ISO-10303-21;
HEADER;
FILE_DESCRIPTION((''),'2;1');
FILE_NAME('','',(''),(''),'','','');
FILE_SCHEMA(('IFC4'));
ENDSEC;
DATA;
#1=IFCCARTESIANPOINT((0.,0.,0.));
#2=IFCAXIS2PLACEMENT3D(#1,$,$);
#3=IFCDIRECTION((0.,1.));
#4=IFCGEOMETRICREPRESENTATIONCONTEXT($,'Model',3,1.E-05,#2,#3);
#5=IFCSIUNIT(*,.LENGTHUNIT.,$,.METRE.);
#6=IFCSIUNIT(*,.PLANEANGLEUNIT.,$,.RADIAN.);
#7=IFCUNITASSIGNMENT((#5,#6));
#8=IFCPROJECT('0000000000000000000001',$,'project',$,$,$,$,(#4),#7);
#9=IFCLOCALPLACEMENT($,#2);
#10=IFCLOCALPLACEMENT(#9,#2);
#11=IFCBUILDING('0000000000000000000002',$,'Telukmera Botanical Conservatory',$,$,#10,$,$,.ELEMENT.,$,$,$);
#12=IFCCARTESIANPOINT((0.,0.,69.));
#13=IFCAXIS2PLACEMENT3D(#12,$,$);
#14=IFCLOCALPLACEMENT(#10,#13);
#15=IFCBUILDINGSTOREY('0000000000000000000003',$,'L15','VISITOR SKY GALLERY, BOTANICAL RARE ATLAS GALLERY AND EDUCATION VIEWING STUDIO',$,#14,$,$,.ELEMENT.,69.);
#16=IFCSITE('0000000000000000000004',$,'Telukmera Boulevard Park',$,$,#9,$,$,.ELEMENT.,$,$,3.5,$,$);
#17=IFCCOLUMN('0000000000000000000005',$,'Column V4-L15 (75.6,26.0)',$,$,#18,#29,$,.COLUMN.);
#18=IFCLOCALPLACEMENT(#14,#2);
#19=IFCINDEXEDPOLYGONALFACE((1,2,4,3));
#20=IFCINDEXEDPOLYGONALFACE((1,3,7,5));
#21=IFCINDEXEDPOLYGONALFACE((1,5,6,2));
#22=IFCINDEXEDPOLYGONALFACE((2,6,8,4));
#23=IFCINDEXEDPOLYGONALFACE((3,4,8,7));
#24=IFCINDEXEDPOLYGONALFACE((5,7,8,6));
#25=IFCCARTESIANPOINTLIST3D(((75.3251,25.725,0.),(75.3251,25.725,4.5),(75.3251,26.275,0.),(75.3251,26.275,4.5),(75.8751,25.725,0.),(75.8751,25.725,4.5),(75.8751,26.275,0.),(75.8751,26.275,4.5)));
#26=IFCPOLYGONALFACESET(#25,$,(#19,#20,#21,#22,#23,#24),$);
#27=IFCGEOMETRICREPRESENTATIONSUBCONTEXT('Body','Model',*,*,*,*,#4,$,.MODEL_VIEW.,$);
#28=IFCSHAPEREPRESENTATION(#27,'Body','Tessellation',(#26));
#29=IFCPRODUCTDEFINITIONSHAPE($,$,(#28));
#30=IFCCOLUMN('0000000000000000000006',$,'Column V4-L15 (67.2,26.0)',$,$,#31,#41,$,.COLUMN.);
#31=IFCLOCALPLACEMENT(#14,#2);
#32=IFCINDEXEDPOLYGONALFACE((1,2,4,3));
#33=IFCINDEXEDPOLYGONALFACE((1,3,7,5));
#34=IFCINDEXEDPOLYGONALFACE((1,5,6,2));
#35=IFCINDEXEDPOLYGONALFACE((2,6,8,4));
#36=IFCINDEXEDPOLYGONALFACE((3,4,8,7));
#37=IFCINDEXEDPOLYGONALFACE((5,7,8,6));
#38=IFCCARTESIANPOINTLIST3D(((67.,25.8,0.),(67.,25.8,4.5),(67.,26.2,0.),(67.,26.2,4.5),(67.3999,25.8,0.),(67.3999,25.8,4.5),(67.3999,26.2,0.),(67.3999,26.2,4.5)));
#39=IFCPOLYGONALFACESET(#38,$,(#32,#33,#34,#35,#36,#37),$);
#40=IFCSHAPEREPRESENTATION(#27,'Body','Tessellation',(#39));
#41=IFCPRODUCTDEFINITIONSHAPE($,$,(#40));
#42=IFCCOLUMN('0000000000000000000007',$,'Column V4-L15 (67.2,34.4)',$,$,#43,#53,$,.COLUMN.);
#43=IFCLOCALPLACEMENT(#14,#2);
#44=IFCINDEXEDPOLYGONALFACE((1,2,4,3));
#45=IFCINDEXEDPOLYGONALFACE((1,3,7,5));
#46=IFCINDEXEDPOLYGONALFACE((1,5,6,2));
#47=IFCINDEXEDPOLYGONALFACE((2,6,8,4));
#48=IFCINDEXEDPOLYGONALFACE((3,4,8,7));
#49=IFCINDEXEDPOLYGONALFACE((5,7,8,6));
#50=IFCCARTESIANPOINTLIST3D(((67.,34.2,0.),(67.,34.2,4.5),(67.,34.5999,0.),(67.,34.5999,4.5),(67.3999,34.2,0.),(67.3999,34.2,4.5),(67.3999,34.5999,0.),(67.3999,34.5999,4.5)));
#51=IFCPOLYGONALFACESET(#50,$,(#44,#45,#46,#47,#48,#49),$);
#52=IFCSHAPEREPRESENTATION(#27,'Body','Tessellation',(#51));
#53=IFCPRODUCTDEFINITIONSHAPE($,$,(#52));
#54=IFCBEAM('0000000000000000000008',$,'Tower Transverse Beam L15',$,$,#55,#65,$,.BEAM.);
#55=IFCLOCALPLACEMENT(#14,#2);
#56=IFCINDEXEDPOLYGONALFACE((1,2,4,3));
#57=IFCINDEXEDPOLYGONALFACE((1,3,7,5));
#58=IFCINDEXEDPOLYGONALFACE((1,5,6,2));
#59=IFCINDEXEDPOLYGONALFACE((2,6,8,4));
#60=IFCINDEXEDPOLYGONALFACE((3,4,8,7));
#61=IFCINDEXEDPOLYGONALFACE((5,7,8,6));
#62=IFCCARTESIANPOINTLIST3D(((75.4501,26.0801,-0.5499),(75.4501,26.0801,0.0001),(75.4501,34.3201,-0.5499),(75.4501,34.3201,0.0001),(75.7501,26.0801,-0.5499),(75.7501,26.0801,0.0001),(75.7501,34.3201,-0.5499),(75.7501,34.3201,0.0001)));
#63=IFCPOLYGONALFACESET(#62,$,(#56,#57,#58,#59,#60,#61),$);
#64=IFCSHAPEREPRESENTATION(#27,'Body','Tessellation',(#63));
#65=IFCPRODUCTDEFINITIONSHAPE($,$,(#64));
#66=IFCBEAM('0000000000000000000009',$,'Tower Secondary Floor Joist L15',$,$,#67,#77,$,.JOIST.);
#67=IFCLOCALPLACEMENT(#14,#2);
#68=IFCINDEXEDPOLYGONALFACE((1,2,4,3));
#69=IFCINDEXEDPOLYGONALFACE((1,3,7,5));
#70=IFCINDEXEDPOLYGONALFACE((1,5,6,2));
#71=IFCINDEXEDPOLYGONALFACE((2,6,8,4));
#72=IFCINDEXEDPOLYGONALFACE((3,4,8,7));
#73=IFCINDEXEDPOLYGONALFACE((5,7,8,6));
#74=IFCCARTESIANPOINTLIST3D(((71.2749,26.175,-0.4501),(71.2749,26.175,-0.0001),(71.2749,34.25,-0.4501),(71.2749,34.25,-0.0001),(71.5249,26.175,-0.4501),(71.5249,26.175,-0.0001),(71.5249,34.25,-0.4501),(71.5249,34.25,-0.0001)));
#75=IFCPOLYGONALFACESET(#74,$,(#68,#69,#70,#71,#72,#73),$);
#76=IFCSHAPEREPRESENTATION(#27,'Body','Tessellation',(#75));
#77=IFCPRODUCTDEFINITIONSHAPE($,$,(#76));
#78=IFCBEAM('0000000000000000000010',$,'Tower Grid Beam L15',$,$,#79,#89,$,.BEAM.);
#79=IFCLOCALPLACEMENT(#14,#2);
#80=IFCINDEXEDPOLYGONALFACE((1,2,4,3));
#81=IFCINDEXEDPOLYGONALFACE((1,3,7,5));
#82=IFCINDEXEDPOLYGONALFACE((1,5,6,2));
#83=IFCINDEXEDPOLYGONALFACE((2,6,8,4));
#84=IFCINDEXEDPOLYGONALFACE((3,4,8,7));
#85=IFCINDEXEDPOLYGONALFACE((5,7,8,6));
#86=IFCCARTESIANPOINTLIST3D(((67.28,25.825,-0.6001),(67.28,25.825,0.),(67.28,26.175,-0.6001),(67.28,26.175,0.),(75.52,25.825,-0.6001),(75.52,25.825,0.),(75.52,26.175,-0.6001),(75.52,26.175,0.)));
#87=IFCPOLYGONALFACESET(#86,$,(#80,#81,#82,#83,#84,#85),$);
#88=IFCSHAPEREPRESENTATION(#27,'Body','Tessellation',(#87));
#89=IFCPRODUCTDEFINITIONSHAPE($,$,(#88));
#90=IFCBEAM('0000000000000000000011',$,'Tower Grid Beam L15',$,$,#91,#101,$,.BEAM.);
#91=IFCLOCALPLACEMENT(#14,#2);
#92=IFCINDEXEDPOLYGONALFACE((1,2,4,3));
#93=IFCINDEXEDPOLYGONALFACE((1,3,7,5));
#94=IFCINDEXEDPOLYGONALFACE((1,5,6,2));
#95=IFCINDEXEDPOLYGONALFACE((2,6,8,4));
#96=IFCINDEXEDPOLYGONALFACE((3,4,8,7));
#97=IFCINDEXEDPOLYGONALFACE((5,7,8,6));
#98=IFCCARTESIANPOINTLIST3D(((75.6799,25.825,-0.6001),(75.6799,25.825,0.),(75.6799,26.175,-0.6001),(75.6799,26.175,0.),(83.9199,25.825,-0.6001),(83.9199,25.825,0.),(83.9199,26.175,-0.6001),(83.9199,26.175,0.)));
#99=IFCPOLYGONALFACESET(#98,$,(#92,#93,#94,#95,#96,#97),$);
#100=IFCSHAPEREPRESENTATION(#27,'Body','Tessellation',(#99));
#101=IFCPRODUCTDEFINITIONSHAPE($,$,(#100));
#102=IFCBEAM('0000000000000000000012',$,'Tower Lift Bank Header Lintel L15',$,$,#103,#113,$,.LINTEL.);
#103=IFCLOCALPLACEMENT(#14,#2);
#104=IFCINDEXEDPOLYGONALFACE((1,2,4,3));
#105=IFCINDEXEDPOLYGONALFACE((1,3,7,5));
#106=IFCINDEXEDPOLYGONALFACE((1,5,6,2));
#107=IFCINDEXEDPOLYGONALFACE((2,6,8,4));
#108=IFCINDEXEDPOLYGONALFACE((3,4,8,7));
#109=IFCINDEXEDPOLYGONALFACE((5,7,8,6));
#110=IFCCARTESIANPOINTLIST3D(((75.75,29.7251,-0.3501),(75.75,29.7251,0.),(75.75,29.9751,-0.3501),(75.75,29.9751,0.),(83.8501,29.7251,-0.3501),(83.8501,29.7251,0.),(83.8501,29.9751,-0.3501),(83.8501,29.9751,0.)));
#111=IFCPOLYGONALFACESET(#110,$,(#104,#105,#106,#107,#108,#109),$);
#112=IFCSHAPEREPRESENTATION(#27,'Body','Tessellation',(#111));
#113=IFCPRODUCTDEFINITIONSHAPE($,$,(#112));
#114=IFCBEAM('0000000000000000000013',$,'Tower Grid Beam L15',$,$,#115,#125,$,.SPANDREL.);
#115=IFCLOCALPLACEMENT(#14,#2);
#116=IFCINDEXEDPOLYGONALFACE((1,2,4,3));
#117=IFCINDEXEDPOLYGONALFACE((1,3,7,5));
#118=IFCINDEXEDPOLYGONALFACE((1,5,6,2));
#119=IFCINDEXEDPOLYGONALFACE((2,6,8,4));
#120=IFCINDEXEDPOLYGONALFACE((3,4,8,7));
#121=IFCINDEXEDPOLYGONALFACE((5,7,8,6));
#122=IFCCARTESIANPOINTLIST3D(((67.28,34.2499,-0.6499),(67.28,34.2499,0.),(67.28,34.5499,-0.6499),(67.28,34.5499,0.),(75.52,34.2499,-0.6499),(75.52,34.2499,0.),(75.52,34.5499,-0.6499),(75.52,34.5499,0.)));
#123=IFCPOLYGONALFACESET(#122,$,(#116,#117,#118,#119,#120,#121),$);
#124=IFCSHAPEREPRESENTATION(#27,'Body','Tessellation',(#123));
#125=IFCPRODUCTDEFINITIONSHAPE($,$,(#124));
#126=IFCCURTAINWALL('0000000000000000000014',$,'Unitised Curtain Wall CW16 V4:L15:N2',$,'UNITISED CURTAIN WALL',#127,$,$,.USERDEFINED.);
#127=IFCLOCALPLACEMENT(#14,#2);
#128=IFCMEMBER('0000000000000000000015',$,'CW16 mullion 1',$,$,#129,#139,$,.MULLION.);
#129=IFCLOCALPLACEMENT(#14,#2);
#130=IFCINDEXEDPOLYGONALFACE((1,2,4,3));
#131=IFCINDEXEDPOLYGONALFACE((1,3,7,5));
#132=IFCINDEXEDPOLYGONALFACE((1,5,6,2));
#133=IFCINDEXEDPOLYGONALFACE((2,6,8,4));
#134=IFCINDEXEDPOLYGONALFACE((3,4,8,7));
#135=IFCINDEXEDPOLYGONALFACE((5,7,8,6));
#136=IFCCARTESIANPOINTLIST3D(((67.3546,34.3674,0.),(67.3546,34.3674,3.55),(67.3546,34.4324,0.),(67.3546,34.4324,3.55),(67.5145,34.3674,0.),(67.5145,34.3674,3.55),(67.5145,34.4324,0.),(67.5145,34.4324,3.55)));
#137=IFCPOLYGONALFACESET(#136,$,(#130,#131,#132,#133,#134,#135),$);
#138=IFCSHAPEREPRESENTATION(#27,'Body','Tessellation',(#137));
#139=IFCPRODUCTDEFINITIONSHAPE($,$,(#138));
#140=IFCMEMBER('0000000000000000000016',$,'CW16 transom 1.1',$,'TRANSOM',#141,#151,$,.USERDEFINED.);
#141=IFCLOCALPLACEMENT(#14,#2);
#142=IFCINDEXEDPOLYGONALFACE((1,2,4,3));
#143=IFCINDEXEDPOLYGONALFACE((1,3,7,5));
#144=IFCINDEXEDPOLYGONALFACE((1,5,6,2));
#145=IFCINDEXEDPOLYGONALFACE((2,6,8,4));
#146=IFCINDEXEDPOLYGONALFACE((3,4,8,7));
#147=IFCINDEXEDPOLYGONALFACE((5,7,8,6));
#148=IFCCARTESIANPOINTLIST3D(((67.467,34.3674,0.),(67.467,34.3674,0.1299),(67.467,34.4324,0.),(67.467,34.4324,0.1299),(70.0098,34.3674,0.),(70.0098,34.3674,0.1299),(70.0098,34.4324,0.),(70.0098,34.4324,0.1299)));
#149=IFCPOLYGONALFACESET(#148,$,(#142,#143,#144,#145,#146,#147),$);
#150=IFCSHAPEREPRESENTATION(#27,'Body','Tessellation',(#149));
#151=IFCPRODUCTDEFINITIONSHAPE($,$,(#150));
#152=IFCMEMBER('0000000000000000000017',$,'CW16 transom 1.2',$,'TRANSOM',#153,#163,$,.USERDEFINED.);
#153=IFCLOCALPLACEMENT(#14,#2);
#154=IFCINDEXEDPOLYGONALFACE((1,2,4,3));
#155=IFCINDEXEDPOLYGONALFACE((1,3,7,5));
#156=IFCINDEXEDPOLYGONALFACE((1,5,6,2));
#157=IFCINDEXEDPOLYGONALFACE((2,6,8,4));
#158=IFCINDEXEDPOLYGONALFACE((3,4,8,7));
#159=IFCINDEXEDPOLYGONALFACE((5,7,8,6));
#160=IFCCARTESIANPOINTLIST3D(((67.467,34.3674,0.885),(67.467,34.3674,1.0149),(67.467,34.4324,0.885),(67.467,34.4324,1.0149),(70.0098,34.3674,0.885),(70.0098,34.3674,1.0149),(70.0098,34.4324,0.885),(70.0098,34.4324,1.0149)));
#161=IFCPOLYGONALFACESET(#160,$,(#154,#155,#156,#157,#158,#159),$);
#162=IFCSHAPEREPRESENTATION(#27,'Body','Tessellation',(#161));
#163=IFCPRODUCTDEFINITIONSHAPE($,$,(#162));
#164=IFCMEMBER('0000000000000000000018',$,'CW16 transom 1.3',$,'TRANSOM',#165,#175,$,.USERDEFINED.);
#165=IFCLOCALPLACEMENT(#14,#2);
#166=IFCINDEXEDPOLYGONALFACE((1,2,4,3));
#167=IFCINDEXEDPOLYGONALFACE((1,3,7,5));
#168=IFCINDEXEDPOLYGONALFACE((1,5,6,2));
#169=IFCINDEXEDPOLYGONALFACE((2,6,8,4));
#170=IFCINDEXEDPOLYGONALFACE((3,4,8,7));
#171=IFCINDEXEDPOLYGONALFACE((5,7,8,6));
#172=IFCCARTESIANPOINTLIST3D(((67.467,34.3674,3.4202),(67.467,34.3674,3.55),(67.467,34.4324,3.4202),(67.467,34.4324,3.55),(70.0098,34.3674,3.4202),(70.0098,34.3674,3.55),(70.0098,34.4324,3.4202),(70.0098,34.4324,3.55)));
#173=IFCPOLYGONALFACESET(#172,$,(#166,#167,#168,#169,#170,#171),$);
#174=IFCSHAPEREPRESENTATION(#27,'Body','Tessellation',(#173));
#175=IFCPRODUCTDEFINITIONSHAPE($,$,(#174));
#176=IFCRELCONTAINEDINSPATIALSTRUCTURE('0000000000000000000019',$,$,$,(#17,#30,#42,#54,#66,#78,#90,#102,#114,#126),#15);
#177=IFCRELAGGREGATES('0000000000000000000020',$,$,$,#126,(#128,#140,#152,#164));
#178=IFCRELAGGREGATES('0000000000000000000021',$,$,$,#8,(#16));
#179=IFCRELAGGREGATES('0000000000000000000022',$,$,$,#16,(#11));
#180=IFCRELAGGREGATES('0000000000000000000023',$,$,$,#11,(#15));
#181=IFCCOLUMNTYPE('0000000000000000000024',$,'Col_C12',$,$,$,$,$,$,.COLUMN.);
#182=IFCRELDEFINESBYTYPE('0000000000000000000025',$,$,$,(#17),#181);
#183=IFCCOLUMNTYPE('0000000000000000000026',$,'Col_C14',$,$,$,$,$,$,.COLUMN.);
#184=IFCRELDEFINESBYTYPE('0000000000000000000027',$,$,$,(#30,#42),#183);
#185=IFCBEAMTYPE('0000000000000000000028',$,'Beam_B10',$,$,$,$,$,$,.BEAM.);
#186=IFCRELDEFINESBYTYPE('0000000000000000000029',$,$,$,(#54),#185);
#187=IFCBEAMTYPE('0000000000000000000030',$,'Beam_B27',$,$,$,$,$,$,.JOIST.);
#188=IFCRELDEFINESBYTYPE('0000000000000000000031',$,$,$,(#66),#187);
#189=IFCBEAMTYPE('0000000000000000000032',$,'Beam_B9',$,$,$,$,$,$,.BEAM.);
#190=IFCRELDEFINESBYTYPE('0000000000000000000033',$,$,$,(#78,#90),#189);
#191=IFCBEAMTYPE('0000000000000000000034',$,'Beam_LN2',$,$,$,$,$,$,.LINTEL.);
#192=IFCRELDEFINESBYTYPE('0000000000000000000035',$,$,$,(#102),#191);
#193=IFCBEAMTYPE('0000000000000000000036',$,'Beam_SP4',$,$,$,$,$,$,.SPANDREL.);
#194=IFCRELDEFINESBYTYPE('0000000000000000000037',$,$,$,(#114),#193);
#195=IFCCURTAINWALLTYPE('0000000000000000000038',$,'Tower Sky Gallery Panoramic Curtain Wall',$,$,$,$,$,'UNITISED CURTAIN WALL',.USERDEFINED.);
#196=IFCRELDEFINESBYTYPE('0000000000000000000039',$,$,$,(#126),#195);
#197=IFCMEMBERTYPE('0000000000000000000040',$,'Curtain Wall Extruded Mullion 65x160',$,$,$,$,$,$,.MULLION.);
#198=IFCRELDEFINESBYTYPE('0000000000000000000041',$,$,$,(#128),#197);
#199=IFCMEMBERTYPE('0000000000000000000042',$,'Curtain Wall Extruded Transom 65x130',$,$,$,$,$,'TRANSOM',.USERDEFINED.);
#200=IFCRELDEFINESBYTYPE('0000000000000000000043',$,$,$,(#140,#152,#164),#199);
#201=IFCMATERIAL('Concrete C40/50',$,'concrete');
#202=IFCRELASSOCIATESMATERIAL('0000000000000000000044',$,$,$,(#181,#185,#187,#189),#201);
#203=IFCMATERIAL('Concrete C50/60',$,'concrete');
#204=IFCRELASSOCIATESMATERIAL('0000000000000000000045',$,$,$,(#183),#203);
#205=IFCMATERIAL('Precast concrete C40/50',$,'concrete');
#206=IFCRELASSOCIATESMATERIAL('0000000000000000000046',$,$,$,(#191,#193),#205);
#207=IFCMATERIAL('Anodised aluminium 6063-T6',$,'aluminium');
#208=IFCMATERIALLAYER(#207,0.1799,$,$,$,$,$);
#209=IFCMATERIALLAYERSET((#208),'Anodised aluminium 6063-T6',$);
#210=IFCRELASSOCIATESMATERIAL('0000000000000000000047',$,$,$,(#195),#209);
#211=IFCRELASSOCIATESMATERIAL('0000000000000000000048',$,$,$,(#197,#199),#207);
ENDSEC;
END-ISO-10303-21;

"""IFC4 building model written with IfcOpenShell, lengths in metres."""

from ifc_helpers import new_model, si_unit, direction, frame, origin, origin_2d, place, context, subcontext, project, spatial, rectangle, extrude, material, layer, layer_set, material_profile, profile_set, type_object, element, aggregate, save


model = new_model("IFC4")

# Units and contexts
model_context = context("Model", 3, precision=1e-05, world=origin(), true_north=direction((0.0, 1.0)))
body_context = subcontext(model_context, "Body", "Model", "MODEL_VIEW")
ifc_project = project(units=[si_unit("LENGTHUNIT", "METRE"), si_unit("PLANEANGLEUNIT", "RADIAN")], contexts=[model_context])

# Site, building, storey
site_placement = place(None, origin())
site = spatial("IfcSite", under=ifc_project, at=site_placement, Name="Telukmera Boulevard Park", CompositionType="ELEMENT", RefElevation=3.5)
building_placement = place(site_placement, origin())
building = spatial("IfcBuilding", under=site, at=building_placement, Name="Telukmera Botanical Conservatory", CompositionType="ELEMENT")
storey_placement = place(building_placement, frame((0.0, 0.0, 69.0)))
storey = spatial("IfcBuildingStorey", under=building, at=storey_placement, Name="L15", Description="VISITOR SKY GALLERY, BOTANICAL RARE ATLAS GALLERY AND EDUCATION VIEWING STUDIO", CompositionType="ELEMENT", Elevation=69.0)

# Columns
ifc_material_1 = material(Name="Concrete C40/50", Category="concrete")
ifc_material_profile_1 = material_profile(ifc_material_1, rectangle(XDim=0.55, YDim=0.55, at=origin_2d()), Name="RC 550x550")
ifc_profile_set_1 = profile_set([ifc_material_profile_1], Name="Concrete C40/50")
column_type_1 = type_object("IfcColumnType", Name="Col_C12", PredefinedType="COLUMN", material=ifc_profile_set_1)
column_placement = place(storey_placement, frame((75.6001, 26.0, 0.0), z_axis=(0.0, 0.0, 1.0), x_axis=(1.0, 0.0, 0.0)))
element("IfcColumn", 1, at=column_placement, inside=storey, type_object=column_type_1, Name="Column V4-L15 (75.6,26.0)", PredefinedType="COLUMN", context=body_context, shape_type="SweptSolid", body=[
    extrude(rectangle(XDim=0.55, YDim=0.55, at=origin_2d()), origin(), (0.0, 0.0, 1.0), 4.5),
])
ifc_material_2 = material(Name="Concrete C50/60", Category="concrete")
ifc_material_profile_2 = material_profile(ifc_material_2, rectangle(XDim=0.3999, YDim=0.3999, at=origin_2d()), Name="RC 400x400")
ifc_profile_set_2 = profile_set([ifc_material_profile_2], Name="Concrete C50/60")
column_type_2 = type_object("IfcColumnType", Name="Col_C14", PredefinedType="COLUMN", material=ifc_profile_set_2)
for number, where, z_axis, x_axis, name in (
    (2, (67.2, 26.0, 0.0), (0.0, 0.0, 1.0), (1.0, 0.0, 0.0), "Column V4-L15 (67.2,26.0)"),
    (3, (67.2, 34.3999, 0.0), (0.0, 0.0, 1.0), (1.0, 0.0, 0.0), "Column V4-L15 (67.2,34.4)"),
):
    element("IfcColumn", number, at=place(storey_placement, frame(where, z_axis=z_axis, x_axis=x_axis)), inside=storey, type_object=column_type_2, Name=name, PredefinedType="COLUMN", context=body_context, shape_type="SweptSolid", body=[
        extrude(rectangle(XDim=0.3999, YDim=0.3999, at=origin_2d()), origin(), (0.0, 0.0, 1.0), 4.5),
    ])

# Beams
ifc_material_profile_3 = material_profile(ifc_material_1, rectangle(XDim=0.3, YDim=0.55, at=origin_2d()), Name="RC 300x550")
ifc_profile_set_3 = profile_set([ifc_material_profile_3], Name="Concrete C40/50")
beam_type_1 = type_object("IfcBeamType", Name="Beam_B10", PredefinedType="BEAM", material=ifc_profile_set_3)
beam_1_placement = place(storey_placement, frame((75.6001, 26.0801, -0.2749), z_axis=(0.0, 1.0, 0.0), x_axis=(-1.0, 0.0, 0.0)))
element("IfcBeam", 4, at=beam_1_placement, inside=storey, type_object=beam_type_1, Name="Tower Transverse Beam L15", PredefinedType="BEAM", context=body_context, shape_type="SweptSolid", body=[
    extrude(rectangle(XDim=0.3, YDim=0.55, at=origin_2d()), origin(), (0.0, 0.0, 1.0), 8.24),
])
ifc_material_profile_4 = material_profile(ifc_material_1, rectangle(XDim=0.25, YDim=0.45, at=origin_2d()), Name="RC 250x450")
ifc_profile_set_4 = profile_set([ifc_material_profile_4], Name="Concrete C40/50")
beam_type_2 = type_object("IfcBeamType", Name="Beam_B27", PredefinedType="JOIST", material=ifc_profile_set_4)
beam_2_placement = place(storey_placement, frame((71.3999, 26.175, -0.2251), z_axis=(0.0, 1.0, 0.0), x_axis=(-1.0, 0.0, 0.0)))
element("IfcBeam", 5, at=beam_2_placement, inside=storey, type_object=beam_type_2, Name="Tower Secondary Floor Joist L15", PredefinedType="JOIST", context=body_context, shape_type="SweptSolid", body=[
    extrude(rectangle(XDim=0.25, YDim=0.45, at=origin_2d()), origin(), (0.0, 0.0, 1.0), 8.075),
])
ifc_material_profile_5 = material_profile(ifc_material_1, rectangle(XDim=0.3501, YDim=0.6001, at=origin_2d()), Name="RC 350x600")
ifc_profile_set_5 = profile_set([ifc_material_profile_5], Name="Concrete C40/50")
beam_type_3 = type_object("IfcBeamType", Name="Beam_B9", PredefinedType="BEAM", material=ifc_profile_set_5)
for number, where, z_axis, x_axis, name in (
    (6, (67.28, 26.0, -0.3), (1.0, 0.0, 0.0), (0.0, 1.0, 0.0), "Tower Grid Beam L15"),
    (7, (75.6799, 26.0, -0.3), (1.0, 0.0, 0.0), (0.0, 1.0, 0.0), "Tower Grid Beam L15"),
):
    element("IfcBeam", number, at=place(storey_placement, frame(where, z_axis=z_axis, x_axis=x_axis)), inside=storey, type_object=beam_type_3, Name=name, PredefinedType="BEAM", context=body_context, shape_type="SweptSolid", body=[
        extrude(rectangle(XDim=0.3501, YDim=0.6001, at=origin_2d()), origin(), (0.0, 0.0, 1.0), 8.24),
    ])
ifc_material_3 = material(Name="Precast concrete C40/50", Category="concrete")
ifc_material_profile_6 = material_profile(ifc_material_3, rectangle(XDim=0.25, YDim=0.3501, at=origin_2d()), Name="PC 250x350")
ifc_profile_set_6 = profile_set([ifc_material_profile_6], Name="Precast concrete C40/50")
beam_type_4 = type_object("IfcBeamType", Name="Beam_LN2", PredefinedType="LINTEL", material=ifc_profile_set_6)
beam_3_placement = place(storey_placement, frame((75.75, 29.8501, -0.175), z_axis=(1.0, 0.0, 0.0), x_axis=(0.0, 1.0, 0.0)))
element("IfcBeam", 8, at=beam_3_placement, inside=storey, type_object=beam_type_4, Name="Tower Lift Bank Header Lintel L15", PredefinedType="LINTEL", context=body_context, shape_type="SweptSolid", body=[
    extrude(rectangle(XDim=0.25, YDim=0.3501, at=origin_2d()), origin(), (0.0, 0.0, 1.0), 8.1001),
])
ifc_material_profile_7 = material_profile(ifc_material_3, rectangle(XDim=0.3, YDim=0.6499, at=origin_2d()), Name="PC 300x650")
ifc_profile_set_7 = profile_set([ifc_material_profile_7], Name="Precast concrete C40/50")
beam_type_5 = type_object("IfcBeamType", Name="Beam_SP4", PredefinedType="SPANDREL", material=ifc_profile_set_7)
beam_4_placement = place(storey_placement, frame((67.28, 34.3999, -0.325), z_axis=(1.0, 0.0, 0.0), x_axis=(0.0, 1.0, 0.0)))
element("IfcBeam", 9, at=beam_4_placement, inside=storey, type_object=beam_type_5, Name="Tower Grid Beam L15", PredefinedType="SPANDREL", context=body_context, shape_type="SweptSolid", body=[
    extrude(rectangle(XDim=0.3, YDim=0.6499, at=origin_2d()), origin(), (0.0, 0.0, 1.0), 8.24),
])

# Curtain wall, members
ifc_material_4 = material(Name="Anodised aluminium 6063-T6", Category="aluminium")
ifc_layer_1 = layer(ifc_material_4, 0.1799)
ifc_layer_set_1 = layer_set([ifc_layer_1], Name="Anodised aluminium 6063-T6")
curtain_wall_type = type_object("IfcCurtainWallType", Name="Tower Sky Gallery Panoramic Curtain Wall", ElementType="UNITISED CURTAIN WALL", PredefinedType="USERDEFINED", material=ifc_layer_set_1)
curtain_wall_placement = place(storey_placement, origin())
curtain_wall = element("IfcCurtainWall", 10, at=curtain_wall_placement, inside=storey, type_object=curtain_wall_type, Name="Unitised Curtain Wall CW16 V4:L15:N2", ObjectType="UNITISED CURTAIN WALL", PredefinedType="USERDEFINED")
ifc_material_profile_8 = material_profile(ifc_material_4, rectangle(XDim=0.0649, YDim=0.1599, at=origin_2d()), Name="ALU MULL 65x160")
ifc_profile_set_8 = profile_set([ifc_material_profile_8], Name="Anodised aluminium 6063-T6")
member_type_1 = type_object("IfcMemberType", Name="Curtain Wall Extruded Mullion 65x160", PredefinedType="MULLION", material=ifc_profile_set_8)
member_1_placement = place(storey_placement, frame((67.4346, 34.3999, 0.0), z_axis=(0.0, 0.0, 1.0), x_axis=(0.0, 1.0, 0.0)))
member_1 = element("IfcMember", 11, at=member_1_placement, type_object=member_type_1, Name="CW16 mullion 1", PredefinedType="MULLION", context=body_context, shape_type="SweptSolid", body=[
    extrude(rectangle(XDim=0.0649, YDim=0.1599, at=origin_2d()), origin(), (0.0, 0.0, 1.0), 3.55),
])
ifc_material_profile_9 = material_profile(ifc_material_4, rectangle(XDim=0.0649, YDim=0.1299, at=origin_2d()), Name="ALU TRAN 65x130")
ifc_profile_set_9 = profile_set([ifc_material_profile_9], Name="Anodised aluminium 6063-T6")
member_type_2 = type_object("IfcMemberType", Name="Curtain Wall Extruded Transom 65x130", ElementType="TRANSOM", PredefinedType="USERDEFINED", material=ifc_profile_set_9)
member_2_placement = place(storey_placement, frame((67.467, 34.3999, 0.0649), z_axis=(1.0, 0.0, 0.0), x_axis=(0.0, 1.0, 0.0)))
member_2 = element("IfcMember", 12, at=member_2_placement, type_object=member_type_2, Name="CW16 transom 1.1", ObjectType="TRANSOM", PredefinedType="USERDEFINED", context=body_context, shape_type="SweptSolid", body=[
    extrude(rectangle(XDim=0.0649, YDim=0.1299, at=origin_2d()), origin(), (0.0, 0.0, 1.0), 2.5427),
])
member_3_placement = place(storey_placement, frame((67.467, 34.3999, 0.95), z_axis=(1.0, 0.0, 0.0), x_axis=(0.0, 1.0, 0.0)))
member_3 = element("IfcMember", 13, at=member_3_placement, type_object=member_type_2, Name="CW16 transom 1.2", ObjectType="TRANSOM", PredefinedType="USERDEFINED", context=body_context, shape_type="SweptSolid", body=[
    extrude(rectangle(XDim=0.0649, YDim=0.1299, at=origin_2d()), origin(), (0.0, 0.0, 1.0), 2.5427),
])
member_4_placement = place(storey_placement, frame((67.467, 34.3999, 3.4851), z_axis=(1.0, 0.0, 0.0), x_axis=(0.0, 1.0, 0.0)))
member_4 = element("IfcMember", 14, at=member_4_placement, type_object=member_type_2, Name="CW16 transom 1.3", ObjectType="TRANSOM", PredefinedType="USERDEFINED", context=body_context, shape_type="SweptSolid", body=[
    extrude(rectangle(XDim=0.0649, YDim=0.1299, at=origin_2d()), origin(), (0.0, 0.0, 1.0), 2.5427),
])
aggregate(curtain_wall, [member_1, member_2, member_3, member_4])

save(model, "model.ifc")
